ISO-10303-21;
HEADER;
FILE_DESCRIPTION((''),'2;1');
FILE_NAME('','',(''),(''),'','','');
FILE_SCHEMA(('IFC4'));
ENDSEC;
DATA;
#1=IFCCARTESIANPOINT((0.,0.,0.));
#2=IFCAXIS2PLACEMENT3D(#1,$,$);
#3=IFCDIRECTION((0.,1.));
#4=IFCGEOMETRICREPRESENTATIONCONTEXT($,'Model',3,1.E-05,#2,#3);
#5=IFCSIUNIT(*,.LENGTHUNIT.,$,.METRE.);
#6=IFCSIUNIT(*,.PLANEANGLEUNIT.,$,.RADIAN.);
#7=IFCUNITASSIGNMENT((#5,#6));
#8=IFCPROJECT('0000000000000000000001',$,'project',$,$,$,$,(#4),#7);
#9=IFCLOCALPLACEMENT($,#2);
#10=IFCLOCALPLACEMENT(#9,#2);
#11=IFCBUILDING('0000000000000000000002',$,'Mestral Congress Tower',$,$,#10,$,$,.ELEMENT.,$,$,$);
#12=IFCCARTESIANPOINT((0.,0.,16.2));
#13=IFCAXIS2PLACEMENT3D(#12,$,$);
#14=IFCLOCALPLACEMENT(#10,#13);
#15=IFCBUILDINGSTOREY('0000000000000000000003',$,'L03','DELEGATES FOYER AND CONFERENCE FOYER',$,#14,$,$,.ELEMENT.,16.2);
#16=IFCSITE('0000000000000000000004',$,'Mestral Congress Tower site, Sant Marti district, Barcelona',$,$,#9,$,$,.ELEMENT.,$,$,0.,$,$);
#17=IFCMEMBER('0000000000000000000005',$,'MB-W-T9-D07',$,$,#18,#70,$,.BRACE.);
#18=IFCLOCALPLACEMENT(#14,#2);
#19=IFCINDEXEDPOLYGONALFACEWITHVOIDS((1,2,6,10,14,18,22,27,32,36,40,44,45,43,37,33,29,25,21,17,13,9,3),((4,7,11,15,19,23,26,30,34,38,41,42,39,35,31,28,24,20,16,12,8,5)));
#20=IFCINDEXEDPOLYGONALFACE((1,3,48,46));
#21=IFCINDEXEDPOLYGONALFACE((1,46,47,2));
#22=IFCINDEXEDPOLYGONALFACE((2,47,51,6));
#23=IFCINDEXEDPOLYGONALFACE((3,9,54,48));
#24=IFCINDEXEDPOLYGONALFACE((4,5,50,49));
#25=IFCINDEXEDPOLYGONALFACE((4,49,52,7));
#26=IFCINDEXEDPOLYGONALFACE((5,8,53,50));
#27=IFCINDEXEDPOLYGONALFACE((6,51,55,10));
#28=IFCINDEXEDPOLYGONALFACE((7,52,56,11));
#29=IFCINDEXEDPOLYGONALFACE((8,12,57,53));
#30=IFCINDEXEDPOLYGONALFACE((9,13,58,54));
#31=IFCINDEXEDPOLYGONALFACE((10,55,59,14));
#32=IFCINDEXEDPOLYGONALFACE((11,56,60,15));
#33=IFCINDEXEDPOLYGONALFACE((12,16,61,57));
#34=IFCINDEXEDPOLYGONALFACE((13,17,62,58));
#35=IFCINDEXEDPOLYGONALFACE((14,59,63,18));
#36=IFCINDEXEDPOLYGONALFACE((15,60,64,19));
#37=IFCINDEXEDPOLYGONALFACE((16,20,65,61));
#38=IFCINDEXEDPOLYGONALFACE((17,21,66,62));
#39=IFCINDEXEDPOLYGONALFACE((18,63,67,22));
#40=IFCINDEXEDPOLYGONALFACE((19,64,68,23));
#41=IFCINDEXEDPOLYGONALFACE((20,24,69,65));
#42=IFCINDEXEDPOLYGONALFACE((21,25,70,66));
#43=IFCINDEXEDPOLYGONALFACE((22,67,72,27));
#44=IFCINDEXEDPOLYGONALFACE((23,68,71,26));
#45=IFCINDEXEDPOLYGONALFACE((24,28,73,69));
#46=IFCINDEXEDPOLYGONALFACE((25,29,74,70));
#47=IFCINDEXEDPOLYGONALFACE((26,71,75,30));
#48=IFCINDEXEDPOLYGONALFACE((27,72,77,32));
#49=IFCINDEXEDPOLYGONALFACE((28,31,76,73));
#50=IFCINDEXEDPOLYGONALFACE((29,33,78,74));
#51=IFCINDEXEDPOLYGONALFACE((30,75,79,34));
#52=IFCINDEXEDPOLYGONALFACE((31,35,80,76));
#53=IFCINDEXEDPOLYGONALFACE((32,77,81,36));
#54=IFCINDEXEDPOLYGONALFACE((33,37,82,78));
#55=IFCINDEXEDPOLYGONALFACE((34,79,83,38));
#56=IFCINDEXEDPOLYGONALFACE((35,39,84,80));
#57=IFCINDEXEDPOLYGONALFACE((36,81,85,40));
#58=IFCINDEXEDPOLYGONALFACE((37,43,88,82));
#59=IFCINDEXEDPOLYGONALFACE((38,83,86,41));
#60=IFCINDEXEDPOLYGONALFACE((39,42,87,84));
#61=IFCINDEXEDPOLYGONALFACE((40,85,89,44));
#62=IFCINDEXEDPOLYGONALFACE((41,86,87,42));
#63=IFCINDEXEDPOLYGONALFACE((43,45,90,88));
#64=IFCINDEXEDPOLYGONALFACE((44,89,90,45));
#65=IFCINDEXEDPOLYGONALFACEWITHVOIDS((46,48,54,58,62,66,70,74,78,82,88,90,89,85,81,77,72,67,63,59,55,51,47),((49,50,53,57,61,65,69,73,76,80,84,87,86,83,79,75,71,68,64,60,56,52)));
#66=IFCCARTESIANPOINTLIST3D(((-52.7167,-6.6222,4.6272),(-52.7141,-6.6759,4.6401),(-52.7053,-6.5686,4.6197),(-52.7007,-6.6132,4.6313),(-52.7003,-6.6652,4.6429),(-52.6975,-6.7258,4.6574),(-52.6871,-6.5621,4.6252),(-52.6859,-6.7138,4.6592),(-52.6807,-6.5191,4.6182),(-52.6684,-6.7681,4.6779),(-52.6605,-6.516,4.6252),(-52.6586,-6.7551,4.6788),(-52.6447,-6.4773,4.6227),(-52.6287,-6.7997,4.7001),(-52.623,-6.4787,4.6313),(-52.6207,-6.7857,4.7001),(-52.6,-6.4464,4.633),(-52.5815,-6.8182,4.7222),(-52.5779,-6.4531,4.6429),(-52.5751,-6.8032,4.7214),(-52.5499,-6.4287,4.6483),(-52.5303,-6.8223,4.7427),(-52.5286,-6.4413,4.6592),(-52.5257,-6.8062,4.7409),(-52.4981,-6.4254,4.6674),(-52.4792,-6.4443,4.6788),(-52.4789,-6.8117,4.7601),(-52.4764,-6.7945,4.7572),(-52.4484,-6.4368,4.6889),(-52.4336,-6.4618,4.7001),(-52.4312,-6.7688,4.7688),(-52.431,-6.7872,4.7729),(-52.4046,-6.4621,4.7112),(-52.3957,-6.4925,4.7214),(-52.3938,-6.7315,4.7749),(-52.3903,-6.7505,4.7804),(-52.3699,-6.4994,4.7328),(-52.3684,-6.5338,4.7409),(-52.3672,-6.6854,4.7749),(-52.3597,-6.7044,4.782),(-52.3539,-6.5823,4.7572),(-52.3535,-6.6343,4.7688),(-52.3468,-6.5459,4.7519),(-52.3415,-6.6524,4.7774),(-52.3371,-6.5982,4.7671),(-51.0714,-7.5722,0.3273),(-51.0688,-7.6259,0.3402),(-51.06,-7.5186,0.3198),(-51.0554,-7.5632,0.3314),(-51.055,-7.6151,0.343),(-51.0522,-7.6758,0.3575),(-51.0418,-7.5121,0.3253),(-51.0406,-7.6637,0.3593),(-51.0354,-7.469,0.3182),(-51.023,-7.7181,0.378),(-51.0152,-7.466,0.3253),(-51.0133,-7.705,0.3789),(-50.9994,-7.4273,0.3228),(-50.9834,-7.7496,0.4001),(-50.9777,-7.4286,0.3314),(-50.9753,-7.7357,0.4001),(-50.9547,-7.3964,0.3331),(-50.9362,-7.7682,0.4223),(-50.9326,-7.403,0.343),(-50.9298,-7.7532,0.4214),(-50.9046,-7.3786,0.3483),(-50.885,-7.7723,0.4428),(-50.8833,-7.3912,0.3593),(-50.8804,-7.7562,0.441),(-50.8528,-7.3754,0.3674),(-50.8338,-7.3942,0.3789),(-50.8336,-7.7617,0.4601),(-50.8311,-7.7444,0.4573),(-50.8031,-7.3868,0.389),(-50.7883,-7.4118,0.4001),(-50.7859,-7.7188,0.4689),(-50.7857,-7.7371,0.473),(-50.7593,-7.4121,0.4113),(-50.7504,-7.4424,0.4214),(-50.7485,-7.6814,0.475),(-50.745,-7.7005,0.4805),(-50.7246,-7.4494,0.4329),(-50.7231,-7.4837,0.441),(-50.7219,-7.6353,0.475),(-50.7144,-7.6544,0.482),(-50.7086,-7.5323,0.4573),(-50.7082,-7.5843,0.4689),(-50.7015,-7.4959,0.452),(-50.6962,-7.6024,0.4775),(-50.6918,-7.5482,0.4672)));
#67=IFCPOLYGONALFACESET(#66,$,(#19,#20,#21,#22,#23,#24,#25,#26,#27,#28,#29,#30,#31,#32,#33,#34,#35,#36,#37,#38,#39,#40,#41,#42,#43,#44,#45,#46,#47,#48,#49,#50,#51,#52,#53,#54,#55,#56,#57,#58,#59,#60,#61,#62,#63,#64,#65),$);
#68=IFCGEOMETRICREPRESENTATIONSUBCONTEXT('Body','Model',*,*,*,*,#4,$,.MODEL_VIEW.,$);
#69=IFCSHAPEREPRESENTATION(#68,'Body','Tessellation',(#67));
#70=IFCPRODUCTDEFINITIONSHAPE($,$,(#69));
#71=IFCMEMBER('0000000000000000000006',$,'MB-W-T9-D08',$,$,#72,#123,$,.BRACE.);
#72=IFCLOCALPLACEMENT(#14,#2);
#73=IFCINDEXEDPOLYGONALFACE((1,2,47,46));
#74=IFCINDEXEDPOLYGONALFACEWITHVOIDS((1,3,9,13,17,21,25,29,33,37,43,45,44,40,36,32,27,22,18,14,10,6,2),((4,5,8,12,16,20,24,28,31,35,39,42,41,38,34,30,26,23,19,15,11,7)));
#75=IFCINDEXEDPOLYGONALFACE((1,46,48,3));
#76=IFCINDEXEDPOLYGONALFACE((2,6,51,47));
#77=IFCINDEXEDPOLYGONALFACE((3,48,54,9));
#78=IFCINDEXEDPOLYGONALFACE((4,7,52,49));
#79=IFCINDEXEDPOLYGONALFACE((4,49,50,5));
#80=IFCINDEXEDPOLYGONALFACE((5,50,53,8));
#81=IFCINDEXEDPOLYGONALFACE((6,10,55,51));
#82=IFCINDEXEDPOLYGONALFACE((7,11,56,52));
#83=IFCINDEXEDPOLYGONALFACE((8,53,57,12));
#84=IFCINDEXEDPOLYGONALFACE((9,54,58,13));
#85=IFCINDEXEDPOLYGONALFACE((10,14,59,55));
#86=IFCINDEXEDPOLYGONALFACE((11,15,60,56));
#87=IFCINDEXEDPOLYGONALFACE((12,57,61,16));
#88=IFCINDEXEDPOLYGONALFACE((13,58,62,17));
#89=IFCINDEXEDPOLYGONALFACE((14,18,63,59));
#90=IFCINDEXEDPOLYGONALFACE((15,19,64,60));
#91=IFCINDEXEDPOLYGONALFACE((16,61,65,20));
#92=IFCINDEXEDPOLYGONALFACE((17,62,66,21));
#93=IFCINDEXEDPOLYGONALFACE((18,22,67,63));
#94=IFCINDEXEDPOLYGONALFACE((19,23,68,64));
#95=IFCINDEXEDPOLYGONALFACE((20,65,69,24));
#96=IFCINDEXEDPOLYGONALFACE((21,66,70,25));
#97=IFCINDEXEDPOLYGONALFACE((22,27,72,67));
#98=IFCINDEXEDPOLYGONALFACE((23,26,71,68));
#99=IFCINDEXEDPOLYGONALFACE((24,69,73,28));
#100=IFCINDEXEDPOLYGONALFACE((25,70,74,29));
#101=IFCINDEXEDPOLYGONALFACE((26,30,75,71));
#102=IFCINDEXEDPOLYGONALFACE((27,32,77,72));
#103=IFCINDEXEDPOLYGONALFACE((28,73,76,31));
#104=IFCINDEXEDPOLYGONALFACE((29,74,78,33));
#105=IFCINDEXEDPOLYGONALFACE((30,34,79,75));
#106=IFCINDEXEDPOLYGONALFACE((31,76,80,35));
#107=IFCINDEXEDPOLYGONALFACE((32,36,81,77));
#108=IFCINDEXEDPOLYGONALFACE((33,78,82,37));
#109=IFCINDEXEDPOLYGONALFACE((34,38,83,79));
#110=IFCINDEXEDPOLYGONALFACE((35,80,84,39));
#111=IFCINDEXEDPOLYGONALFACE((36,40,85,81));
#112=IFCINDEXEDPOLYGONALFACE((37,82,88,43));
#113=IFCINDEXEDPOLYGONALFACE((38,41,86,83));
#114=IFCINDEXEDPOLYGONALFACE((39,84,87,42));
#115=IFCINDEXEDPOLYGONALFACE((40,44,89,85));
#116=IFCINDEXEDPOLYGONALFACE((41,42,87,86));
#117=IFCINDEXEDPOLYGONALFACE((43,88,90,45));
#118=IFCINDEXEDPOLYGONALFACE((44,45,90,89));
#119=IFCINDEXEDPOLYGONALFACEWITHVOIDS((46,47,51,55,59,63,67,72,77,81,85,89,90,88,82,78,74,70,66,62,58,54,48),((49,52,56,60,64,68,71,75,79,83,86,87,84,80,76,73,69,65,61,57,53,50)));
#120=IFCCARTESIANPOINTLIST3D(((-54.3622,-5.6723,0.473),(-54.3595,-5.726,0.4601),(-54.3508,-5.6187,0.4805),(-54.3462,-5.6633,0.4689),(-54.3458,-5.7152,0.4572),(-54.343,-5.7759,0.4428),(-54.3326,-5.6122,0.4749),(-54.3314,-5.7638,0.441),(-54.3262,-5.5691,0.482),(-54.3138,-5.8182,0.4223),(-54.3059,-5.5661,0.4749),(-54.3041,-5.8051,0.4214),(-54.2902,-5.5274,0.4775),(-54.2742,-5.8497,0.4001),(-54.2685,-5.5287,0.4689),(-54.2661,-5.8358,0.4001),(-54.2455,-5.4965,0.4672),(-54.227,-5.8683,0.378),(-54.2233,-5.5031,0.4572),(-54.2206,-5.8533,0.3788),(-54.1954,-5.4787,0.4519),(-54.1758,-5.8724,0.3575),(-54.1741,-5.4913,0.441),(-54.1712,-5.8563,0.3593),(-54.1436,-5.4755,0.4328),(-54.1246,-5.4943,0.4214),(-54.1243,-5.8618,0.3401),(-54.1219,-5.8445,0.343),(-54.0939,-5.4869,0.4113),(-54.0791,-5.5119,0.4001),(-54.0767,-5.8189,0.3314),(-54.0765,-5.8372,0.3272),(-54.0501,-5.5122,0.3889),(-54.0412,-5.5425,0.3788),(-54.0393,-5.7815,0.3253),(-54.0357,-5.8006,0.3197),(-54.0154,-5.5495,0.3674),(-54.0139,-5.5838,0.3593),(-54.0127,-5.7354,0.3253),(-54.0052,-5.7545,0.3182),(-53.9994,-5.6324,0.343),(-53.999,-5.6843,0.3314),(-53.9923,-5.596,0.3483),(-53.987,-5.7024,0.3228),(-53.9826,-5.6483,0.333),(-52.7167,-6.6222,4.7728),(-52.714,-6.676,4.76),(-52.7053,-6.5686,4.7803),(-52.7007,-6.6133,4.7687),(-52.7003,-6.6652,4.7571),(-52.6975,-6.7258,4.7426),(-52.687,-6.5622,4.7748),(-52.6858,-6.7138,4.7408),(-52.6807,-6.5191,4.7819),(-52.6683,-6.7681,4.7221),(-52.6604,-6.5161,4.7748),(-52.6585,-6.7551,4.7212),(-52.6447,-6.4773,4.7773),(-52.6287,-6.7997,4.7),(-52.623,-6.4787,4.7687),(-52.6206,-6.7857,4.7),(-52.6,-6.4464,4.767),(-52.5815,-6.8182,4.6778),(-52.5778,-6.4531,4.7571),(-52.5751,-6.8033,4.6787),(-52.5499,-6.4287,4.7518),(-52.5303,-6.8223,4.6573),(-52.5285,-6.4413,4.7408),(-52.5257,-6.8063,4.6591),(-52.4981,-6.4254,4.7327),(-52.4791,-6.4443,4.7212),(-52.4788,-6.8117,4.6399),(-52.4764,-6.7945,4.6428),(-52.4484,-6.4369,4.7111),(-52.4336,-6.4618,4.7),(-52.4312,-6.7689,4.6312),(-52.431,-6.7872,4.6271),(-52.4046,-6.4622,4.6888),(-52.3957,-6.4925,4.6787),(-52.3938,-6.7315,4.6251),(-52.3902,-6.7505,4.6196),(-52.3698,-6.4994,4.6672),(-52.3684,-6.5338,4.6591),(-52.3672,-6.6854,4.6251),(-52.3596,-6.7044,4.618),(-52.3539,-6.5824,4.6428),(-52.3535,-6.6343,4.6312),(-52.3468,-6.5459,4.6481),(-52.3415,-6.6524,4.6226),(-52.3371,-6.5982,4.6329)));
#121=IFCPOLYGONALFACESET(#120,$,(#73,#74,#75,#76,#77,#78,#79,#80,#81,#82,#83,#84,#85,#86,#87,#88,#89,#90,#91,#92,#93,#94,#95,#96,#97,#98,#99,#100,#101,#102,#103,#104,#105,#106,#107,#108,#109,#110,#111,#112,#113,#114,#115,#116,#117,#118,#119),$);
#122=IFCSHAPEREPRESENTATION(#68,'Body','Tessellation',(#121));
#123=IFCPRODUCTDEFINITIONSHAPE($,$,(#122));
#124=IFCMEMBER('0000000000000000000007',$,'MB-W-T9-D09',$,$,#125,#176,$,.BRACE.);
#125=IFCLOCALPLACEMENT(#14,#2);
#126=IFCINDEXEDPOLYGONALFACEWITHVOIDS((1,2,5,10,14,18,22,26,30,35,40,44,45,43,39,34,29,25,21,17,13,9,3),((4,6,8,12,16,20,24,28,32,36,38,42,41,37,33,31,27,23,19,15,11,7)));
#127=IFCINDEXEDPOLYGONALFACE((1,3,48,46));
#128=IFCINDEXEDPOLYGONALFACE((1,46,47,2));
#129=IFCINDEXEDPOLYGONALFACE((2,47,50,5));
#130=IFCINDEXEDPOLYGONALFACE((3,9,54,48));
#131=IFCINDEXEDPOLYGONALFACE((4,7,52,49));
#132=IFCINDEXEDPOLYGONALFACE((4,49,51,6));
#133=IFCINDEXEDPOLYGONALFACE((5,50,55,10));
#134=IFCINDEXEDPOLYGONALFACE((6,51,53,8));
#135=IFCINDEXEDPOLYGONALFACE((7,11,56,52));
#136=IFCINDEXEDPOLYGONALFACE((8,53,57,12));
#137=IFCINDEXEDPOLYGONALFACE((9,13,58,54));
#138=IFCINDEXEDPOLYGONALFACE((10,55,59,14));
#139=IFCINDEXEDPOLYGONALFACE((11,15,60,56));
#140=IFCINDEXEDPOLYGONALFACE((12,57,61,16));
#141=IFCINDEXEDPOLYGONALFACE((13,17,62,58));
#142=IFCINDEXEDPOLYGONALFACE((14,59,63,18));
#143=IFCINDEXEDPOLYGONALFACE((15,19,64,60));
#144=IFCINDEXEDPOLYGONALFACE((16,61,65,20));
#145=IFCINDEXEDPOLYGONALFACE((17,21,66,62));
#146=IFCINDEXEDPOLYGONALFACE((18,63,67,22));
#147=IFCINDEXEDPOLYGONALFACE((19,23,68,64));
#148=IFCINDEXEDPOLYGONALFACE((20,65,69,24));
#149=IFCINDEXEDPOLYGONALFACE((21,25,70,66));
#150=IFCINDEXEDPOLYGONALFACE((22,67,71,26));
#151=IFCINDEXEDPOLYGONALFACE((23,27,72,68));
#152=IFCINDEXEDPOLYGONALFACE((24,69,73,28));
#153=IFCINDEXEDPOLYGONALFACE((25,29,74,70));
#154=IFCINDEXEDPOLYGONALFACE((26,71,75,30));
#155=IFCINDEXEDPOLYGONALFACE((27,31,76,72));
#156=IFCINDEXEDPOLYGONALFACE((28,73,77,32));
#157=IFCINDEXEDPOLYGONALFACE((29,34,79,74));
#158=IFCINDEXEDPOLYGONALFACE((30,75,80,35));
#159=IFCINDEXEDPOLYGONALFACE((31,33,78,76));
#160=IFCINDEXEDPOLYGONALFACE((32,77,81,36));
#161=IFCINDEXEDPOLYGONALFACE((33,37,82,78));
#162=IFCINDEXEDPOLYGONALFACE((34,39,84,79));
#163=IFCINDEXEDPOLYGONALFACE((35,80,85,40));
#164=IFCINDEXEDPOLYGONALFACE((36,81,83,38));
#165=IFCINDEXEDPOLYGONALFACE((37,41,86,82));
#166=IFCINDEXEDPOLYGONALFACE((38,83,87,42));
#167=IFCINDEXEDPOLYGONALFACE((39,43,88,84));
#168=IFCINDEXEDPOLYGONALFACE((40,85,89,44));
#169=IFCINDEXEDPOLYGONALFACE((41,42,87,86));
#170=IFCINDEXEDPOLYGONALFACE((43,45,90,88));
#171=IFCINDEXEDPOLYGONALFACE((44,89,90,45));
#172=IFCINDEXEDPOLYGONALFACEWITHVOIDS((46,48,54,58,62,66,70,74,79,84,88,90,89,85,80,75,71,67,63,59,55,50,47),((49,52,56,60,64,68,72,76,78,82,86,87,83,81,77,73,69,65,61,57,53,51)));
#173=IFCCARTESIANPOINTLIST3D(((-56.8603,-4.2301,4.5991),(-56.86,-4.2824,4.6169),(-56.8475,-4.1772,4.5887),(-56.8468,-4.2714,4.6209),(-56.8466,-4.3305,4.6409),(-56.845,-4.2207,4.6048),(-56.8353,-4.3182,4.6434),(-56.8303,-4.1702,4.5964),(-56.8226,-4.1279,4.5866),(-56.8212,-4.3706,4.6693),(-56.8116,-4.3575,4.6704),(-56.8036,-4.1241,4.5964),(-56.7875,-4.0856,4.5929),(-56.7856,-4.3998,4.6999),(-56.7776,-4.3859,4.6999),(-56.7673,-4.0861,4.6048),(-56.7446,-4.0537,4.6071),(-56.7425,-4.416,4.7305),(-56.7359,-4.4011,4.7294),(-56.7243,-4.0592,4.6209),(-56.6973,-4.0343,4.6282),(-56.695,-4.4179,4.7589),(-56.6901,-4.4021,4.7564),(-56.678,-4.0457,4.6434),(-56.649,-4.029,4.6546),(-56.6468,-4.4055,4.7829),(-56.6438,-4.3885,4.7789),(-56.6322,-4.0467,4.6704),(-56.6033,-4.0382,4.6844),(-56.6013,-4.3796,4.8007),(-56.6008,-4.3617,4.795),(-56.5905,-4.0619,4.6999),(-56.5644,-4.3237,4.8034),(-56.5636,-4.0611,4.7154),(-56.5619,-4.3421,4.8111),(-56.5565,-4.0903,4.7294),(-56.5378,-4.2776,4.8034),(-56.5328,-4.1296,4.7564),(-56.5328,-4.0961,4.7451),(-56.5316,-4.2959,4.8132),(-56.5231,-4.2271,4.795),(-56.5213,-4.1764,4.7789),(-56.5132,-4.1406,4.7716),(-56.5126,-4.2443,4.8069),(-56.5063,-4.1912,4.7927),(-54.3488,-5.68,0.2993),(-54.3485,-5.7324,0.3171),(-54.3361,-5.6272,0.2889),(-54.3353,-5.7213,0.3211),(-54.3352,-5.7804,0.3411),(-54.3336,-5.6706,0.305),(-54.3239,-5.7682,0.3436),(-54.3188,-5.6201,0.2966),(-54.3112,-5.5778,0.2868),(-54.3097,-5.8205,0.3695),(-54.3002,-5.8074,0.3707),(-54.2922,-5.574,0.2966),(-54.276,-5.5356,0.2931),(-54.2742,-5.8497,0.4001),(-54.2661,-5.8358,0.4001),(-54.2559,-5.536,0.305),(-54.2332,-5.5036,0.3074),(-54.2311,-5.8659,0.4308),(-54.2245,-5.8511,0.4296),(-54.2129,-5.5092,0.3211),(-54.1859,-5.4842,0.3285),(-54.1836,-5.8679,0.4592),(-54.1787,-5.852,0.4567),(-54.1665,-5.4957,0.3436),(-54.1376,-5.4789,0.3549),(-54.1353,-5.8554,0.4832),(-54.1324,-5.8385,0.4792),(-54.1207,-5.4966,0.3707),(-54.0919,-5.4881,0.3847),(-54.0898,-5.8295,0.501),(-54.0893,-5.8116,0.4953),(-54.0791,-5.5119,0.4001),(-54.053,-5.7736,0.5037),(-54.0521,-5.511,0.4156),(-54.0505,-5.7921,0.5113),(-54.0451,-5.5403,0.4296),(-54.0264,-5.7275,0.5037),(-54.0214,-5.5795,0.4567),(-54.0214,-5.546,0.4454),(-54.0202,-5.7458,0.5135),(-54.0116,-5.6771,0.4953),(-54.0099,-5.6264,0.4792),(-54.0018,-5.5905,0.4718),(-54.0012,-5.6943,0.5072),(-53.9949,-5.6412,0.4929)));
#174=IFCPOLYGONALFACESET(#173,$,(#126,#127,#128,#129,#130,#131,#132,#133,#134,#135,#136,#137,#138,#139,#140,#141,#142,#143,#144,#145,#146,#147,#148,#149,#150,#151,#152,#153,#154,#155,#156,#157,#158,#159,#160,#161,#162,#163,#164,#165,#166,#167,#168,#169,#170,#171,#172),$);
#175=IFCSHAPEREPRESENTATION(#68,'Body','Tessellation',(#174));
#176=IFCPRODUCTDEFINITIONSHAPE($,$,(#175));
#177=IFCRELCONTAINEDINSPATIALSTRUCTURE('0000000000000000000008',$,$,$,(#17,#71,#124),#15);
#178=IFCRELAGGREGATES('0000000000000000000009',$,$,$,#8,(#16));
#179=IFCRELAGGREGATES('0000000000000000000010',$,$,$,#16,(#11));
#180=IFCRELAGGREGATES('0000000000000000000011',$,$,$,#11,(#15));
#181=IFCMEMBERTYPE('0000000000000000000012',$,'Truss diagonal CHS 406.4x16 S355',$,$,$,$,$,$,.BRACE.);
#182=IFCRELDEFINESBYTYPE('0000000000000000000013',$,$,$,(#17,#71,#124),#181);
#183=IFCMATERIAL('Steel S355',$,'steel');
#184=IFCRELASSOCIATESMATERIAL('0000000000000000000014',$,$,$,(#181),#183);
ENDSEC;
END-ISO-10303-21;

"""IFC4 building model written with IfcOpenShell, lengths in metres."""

from ifc_helpers import new_model, si_unit, direction, frame, origin, origin_2d, place, context, subcontext, project, spatial, hollow_circle, extrude, material, material_profile, profile_set, type_object, element, save


model = new_model("IFC4")

# Units and contexts
model_context = context("Model", 3, precision=1e-05, world=origin(), true_north=direction((0.0, 1.0)))
body_context = subcontext(model_context, "Body", "Model", "MODEL_VIEW")
ifc_project = project(units=[si_unit("LENGTHUNIT", "METRE"), si_unit("PLANEANGLEUNIT", "RADIAN")], contexts=[model_context])

# Site, building, storey
site_placement = place(None, origin())
site = spatial("IfcSite", under=ifc_project, at=site_placement, Name="Mestral Congress Tower site, Sant Marti district, Barcelona", CompositionType="ELEMENT", RefElevation=0.0)
building_placement = place(site_placement, origin())
building = spatial("IfcBuilding", under=site, at=building_placement, Name="Mestral Congress Tower", CompositionType="ELEMENT")
storey_placement = place(building_placement, frame((0.0, 0.0, 16.2)))
storey = spatial("IfcBuildingStorey", under=building, at=storey_placement, Name="L03", Description="DELEGATES FOYER AND CONFERENCE FOYER", CompositionType="ELEMENT", Elevation=16.2)

# Shared definitions
ifc_material_1 = material(Name="Steel S355", Category="steel")

# Members
ifc_material_profile_1 = material_profile(ifc_material_1, hollow_circle(Radius=0.2031, WallThickness=0.0161, at=origin_2d()), Name="CHS 406.4x16")
ifc_profile_set_1 = profile_set([ifc_material_profile_1], Name="Steel S355")
member_type_1 = type_object("IfcMemberType", Name="Truss diagonal CHS 406.4x16 S355", PredefinedType="BRACE", material=ifc_profile_set_1)
for number, where, z_axis, x_axis, name in (
    (1, (-50.8818, -7.5737, 0.4001), (-0.349996, 0.202082, 0.914694), (-0.500023, -0.866012, 0.0), "MB-W-T9-D07"),
    (2, (-52.5271, -6.6238, 4.7), (-0.350041, 0.202079, -0.914678), (-0.499967, -0.866044, 0.0), "MB-W-T9-D08"),
):
    element("IfcMember", number, at=place(storey_placement, frame(where, z_axis=z_axis, x_axis=x_axis)), inside=storey, type_object=member_type_1, Name=name, PredefinedType="BRACE", context=body_context, shape_type="SweptSolid", body=[
        extrude(hollow_circle(Radius=0.2031, WallThickness=0.0161, at=origin_2d()), origin(), (0.0, 0.0, 1.0), 4.7009),
    ])
member_1_placement = place(storey_placement, frame((-54.1726, -5.6738, 0.4001), z_axis=(-0.484247, 0.279571, 0.829062), x_axis=(-0.499987, -0.866033, 0.0)))
element("IfcMember", 3, at=member_1_placement, inside=storey, type_object=member_type_1, Name="MB-W-T9-D09", PredefinedType="BRACE", context=body_context, shape_type="SweptSolid", body=[
    extrude(hollow_circle(Radius=0.2031, WallThickness=0.0161, at=origin_2d()), origin(), (0.0, 0.0, 1.0), 5.1863),
])

save(model, "model.ifc")
